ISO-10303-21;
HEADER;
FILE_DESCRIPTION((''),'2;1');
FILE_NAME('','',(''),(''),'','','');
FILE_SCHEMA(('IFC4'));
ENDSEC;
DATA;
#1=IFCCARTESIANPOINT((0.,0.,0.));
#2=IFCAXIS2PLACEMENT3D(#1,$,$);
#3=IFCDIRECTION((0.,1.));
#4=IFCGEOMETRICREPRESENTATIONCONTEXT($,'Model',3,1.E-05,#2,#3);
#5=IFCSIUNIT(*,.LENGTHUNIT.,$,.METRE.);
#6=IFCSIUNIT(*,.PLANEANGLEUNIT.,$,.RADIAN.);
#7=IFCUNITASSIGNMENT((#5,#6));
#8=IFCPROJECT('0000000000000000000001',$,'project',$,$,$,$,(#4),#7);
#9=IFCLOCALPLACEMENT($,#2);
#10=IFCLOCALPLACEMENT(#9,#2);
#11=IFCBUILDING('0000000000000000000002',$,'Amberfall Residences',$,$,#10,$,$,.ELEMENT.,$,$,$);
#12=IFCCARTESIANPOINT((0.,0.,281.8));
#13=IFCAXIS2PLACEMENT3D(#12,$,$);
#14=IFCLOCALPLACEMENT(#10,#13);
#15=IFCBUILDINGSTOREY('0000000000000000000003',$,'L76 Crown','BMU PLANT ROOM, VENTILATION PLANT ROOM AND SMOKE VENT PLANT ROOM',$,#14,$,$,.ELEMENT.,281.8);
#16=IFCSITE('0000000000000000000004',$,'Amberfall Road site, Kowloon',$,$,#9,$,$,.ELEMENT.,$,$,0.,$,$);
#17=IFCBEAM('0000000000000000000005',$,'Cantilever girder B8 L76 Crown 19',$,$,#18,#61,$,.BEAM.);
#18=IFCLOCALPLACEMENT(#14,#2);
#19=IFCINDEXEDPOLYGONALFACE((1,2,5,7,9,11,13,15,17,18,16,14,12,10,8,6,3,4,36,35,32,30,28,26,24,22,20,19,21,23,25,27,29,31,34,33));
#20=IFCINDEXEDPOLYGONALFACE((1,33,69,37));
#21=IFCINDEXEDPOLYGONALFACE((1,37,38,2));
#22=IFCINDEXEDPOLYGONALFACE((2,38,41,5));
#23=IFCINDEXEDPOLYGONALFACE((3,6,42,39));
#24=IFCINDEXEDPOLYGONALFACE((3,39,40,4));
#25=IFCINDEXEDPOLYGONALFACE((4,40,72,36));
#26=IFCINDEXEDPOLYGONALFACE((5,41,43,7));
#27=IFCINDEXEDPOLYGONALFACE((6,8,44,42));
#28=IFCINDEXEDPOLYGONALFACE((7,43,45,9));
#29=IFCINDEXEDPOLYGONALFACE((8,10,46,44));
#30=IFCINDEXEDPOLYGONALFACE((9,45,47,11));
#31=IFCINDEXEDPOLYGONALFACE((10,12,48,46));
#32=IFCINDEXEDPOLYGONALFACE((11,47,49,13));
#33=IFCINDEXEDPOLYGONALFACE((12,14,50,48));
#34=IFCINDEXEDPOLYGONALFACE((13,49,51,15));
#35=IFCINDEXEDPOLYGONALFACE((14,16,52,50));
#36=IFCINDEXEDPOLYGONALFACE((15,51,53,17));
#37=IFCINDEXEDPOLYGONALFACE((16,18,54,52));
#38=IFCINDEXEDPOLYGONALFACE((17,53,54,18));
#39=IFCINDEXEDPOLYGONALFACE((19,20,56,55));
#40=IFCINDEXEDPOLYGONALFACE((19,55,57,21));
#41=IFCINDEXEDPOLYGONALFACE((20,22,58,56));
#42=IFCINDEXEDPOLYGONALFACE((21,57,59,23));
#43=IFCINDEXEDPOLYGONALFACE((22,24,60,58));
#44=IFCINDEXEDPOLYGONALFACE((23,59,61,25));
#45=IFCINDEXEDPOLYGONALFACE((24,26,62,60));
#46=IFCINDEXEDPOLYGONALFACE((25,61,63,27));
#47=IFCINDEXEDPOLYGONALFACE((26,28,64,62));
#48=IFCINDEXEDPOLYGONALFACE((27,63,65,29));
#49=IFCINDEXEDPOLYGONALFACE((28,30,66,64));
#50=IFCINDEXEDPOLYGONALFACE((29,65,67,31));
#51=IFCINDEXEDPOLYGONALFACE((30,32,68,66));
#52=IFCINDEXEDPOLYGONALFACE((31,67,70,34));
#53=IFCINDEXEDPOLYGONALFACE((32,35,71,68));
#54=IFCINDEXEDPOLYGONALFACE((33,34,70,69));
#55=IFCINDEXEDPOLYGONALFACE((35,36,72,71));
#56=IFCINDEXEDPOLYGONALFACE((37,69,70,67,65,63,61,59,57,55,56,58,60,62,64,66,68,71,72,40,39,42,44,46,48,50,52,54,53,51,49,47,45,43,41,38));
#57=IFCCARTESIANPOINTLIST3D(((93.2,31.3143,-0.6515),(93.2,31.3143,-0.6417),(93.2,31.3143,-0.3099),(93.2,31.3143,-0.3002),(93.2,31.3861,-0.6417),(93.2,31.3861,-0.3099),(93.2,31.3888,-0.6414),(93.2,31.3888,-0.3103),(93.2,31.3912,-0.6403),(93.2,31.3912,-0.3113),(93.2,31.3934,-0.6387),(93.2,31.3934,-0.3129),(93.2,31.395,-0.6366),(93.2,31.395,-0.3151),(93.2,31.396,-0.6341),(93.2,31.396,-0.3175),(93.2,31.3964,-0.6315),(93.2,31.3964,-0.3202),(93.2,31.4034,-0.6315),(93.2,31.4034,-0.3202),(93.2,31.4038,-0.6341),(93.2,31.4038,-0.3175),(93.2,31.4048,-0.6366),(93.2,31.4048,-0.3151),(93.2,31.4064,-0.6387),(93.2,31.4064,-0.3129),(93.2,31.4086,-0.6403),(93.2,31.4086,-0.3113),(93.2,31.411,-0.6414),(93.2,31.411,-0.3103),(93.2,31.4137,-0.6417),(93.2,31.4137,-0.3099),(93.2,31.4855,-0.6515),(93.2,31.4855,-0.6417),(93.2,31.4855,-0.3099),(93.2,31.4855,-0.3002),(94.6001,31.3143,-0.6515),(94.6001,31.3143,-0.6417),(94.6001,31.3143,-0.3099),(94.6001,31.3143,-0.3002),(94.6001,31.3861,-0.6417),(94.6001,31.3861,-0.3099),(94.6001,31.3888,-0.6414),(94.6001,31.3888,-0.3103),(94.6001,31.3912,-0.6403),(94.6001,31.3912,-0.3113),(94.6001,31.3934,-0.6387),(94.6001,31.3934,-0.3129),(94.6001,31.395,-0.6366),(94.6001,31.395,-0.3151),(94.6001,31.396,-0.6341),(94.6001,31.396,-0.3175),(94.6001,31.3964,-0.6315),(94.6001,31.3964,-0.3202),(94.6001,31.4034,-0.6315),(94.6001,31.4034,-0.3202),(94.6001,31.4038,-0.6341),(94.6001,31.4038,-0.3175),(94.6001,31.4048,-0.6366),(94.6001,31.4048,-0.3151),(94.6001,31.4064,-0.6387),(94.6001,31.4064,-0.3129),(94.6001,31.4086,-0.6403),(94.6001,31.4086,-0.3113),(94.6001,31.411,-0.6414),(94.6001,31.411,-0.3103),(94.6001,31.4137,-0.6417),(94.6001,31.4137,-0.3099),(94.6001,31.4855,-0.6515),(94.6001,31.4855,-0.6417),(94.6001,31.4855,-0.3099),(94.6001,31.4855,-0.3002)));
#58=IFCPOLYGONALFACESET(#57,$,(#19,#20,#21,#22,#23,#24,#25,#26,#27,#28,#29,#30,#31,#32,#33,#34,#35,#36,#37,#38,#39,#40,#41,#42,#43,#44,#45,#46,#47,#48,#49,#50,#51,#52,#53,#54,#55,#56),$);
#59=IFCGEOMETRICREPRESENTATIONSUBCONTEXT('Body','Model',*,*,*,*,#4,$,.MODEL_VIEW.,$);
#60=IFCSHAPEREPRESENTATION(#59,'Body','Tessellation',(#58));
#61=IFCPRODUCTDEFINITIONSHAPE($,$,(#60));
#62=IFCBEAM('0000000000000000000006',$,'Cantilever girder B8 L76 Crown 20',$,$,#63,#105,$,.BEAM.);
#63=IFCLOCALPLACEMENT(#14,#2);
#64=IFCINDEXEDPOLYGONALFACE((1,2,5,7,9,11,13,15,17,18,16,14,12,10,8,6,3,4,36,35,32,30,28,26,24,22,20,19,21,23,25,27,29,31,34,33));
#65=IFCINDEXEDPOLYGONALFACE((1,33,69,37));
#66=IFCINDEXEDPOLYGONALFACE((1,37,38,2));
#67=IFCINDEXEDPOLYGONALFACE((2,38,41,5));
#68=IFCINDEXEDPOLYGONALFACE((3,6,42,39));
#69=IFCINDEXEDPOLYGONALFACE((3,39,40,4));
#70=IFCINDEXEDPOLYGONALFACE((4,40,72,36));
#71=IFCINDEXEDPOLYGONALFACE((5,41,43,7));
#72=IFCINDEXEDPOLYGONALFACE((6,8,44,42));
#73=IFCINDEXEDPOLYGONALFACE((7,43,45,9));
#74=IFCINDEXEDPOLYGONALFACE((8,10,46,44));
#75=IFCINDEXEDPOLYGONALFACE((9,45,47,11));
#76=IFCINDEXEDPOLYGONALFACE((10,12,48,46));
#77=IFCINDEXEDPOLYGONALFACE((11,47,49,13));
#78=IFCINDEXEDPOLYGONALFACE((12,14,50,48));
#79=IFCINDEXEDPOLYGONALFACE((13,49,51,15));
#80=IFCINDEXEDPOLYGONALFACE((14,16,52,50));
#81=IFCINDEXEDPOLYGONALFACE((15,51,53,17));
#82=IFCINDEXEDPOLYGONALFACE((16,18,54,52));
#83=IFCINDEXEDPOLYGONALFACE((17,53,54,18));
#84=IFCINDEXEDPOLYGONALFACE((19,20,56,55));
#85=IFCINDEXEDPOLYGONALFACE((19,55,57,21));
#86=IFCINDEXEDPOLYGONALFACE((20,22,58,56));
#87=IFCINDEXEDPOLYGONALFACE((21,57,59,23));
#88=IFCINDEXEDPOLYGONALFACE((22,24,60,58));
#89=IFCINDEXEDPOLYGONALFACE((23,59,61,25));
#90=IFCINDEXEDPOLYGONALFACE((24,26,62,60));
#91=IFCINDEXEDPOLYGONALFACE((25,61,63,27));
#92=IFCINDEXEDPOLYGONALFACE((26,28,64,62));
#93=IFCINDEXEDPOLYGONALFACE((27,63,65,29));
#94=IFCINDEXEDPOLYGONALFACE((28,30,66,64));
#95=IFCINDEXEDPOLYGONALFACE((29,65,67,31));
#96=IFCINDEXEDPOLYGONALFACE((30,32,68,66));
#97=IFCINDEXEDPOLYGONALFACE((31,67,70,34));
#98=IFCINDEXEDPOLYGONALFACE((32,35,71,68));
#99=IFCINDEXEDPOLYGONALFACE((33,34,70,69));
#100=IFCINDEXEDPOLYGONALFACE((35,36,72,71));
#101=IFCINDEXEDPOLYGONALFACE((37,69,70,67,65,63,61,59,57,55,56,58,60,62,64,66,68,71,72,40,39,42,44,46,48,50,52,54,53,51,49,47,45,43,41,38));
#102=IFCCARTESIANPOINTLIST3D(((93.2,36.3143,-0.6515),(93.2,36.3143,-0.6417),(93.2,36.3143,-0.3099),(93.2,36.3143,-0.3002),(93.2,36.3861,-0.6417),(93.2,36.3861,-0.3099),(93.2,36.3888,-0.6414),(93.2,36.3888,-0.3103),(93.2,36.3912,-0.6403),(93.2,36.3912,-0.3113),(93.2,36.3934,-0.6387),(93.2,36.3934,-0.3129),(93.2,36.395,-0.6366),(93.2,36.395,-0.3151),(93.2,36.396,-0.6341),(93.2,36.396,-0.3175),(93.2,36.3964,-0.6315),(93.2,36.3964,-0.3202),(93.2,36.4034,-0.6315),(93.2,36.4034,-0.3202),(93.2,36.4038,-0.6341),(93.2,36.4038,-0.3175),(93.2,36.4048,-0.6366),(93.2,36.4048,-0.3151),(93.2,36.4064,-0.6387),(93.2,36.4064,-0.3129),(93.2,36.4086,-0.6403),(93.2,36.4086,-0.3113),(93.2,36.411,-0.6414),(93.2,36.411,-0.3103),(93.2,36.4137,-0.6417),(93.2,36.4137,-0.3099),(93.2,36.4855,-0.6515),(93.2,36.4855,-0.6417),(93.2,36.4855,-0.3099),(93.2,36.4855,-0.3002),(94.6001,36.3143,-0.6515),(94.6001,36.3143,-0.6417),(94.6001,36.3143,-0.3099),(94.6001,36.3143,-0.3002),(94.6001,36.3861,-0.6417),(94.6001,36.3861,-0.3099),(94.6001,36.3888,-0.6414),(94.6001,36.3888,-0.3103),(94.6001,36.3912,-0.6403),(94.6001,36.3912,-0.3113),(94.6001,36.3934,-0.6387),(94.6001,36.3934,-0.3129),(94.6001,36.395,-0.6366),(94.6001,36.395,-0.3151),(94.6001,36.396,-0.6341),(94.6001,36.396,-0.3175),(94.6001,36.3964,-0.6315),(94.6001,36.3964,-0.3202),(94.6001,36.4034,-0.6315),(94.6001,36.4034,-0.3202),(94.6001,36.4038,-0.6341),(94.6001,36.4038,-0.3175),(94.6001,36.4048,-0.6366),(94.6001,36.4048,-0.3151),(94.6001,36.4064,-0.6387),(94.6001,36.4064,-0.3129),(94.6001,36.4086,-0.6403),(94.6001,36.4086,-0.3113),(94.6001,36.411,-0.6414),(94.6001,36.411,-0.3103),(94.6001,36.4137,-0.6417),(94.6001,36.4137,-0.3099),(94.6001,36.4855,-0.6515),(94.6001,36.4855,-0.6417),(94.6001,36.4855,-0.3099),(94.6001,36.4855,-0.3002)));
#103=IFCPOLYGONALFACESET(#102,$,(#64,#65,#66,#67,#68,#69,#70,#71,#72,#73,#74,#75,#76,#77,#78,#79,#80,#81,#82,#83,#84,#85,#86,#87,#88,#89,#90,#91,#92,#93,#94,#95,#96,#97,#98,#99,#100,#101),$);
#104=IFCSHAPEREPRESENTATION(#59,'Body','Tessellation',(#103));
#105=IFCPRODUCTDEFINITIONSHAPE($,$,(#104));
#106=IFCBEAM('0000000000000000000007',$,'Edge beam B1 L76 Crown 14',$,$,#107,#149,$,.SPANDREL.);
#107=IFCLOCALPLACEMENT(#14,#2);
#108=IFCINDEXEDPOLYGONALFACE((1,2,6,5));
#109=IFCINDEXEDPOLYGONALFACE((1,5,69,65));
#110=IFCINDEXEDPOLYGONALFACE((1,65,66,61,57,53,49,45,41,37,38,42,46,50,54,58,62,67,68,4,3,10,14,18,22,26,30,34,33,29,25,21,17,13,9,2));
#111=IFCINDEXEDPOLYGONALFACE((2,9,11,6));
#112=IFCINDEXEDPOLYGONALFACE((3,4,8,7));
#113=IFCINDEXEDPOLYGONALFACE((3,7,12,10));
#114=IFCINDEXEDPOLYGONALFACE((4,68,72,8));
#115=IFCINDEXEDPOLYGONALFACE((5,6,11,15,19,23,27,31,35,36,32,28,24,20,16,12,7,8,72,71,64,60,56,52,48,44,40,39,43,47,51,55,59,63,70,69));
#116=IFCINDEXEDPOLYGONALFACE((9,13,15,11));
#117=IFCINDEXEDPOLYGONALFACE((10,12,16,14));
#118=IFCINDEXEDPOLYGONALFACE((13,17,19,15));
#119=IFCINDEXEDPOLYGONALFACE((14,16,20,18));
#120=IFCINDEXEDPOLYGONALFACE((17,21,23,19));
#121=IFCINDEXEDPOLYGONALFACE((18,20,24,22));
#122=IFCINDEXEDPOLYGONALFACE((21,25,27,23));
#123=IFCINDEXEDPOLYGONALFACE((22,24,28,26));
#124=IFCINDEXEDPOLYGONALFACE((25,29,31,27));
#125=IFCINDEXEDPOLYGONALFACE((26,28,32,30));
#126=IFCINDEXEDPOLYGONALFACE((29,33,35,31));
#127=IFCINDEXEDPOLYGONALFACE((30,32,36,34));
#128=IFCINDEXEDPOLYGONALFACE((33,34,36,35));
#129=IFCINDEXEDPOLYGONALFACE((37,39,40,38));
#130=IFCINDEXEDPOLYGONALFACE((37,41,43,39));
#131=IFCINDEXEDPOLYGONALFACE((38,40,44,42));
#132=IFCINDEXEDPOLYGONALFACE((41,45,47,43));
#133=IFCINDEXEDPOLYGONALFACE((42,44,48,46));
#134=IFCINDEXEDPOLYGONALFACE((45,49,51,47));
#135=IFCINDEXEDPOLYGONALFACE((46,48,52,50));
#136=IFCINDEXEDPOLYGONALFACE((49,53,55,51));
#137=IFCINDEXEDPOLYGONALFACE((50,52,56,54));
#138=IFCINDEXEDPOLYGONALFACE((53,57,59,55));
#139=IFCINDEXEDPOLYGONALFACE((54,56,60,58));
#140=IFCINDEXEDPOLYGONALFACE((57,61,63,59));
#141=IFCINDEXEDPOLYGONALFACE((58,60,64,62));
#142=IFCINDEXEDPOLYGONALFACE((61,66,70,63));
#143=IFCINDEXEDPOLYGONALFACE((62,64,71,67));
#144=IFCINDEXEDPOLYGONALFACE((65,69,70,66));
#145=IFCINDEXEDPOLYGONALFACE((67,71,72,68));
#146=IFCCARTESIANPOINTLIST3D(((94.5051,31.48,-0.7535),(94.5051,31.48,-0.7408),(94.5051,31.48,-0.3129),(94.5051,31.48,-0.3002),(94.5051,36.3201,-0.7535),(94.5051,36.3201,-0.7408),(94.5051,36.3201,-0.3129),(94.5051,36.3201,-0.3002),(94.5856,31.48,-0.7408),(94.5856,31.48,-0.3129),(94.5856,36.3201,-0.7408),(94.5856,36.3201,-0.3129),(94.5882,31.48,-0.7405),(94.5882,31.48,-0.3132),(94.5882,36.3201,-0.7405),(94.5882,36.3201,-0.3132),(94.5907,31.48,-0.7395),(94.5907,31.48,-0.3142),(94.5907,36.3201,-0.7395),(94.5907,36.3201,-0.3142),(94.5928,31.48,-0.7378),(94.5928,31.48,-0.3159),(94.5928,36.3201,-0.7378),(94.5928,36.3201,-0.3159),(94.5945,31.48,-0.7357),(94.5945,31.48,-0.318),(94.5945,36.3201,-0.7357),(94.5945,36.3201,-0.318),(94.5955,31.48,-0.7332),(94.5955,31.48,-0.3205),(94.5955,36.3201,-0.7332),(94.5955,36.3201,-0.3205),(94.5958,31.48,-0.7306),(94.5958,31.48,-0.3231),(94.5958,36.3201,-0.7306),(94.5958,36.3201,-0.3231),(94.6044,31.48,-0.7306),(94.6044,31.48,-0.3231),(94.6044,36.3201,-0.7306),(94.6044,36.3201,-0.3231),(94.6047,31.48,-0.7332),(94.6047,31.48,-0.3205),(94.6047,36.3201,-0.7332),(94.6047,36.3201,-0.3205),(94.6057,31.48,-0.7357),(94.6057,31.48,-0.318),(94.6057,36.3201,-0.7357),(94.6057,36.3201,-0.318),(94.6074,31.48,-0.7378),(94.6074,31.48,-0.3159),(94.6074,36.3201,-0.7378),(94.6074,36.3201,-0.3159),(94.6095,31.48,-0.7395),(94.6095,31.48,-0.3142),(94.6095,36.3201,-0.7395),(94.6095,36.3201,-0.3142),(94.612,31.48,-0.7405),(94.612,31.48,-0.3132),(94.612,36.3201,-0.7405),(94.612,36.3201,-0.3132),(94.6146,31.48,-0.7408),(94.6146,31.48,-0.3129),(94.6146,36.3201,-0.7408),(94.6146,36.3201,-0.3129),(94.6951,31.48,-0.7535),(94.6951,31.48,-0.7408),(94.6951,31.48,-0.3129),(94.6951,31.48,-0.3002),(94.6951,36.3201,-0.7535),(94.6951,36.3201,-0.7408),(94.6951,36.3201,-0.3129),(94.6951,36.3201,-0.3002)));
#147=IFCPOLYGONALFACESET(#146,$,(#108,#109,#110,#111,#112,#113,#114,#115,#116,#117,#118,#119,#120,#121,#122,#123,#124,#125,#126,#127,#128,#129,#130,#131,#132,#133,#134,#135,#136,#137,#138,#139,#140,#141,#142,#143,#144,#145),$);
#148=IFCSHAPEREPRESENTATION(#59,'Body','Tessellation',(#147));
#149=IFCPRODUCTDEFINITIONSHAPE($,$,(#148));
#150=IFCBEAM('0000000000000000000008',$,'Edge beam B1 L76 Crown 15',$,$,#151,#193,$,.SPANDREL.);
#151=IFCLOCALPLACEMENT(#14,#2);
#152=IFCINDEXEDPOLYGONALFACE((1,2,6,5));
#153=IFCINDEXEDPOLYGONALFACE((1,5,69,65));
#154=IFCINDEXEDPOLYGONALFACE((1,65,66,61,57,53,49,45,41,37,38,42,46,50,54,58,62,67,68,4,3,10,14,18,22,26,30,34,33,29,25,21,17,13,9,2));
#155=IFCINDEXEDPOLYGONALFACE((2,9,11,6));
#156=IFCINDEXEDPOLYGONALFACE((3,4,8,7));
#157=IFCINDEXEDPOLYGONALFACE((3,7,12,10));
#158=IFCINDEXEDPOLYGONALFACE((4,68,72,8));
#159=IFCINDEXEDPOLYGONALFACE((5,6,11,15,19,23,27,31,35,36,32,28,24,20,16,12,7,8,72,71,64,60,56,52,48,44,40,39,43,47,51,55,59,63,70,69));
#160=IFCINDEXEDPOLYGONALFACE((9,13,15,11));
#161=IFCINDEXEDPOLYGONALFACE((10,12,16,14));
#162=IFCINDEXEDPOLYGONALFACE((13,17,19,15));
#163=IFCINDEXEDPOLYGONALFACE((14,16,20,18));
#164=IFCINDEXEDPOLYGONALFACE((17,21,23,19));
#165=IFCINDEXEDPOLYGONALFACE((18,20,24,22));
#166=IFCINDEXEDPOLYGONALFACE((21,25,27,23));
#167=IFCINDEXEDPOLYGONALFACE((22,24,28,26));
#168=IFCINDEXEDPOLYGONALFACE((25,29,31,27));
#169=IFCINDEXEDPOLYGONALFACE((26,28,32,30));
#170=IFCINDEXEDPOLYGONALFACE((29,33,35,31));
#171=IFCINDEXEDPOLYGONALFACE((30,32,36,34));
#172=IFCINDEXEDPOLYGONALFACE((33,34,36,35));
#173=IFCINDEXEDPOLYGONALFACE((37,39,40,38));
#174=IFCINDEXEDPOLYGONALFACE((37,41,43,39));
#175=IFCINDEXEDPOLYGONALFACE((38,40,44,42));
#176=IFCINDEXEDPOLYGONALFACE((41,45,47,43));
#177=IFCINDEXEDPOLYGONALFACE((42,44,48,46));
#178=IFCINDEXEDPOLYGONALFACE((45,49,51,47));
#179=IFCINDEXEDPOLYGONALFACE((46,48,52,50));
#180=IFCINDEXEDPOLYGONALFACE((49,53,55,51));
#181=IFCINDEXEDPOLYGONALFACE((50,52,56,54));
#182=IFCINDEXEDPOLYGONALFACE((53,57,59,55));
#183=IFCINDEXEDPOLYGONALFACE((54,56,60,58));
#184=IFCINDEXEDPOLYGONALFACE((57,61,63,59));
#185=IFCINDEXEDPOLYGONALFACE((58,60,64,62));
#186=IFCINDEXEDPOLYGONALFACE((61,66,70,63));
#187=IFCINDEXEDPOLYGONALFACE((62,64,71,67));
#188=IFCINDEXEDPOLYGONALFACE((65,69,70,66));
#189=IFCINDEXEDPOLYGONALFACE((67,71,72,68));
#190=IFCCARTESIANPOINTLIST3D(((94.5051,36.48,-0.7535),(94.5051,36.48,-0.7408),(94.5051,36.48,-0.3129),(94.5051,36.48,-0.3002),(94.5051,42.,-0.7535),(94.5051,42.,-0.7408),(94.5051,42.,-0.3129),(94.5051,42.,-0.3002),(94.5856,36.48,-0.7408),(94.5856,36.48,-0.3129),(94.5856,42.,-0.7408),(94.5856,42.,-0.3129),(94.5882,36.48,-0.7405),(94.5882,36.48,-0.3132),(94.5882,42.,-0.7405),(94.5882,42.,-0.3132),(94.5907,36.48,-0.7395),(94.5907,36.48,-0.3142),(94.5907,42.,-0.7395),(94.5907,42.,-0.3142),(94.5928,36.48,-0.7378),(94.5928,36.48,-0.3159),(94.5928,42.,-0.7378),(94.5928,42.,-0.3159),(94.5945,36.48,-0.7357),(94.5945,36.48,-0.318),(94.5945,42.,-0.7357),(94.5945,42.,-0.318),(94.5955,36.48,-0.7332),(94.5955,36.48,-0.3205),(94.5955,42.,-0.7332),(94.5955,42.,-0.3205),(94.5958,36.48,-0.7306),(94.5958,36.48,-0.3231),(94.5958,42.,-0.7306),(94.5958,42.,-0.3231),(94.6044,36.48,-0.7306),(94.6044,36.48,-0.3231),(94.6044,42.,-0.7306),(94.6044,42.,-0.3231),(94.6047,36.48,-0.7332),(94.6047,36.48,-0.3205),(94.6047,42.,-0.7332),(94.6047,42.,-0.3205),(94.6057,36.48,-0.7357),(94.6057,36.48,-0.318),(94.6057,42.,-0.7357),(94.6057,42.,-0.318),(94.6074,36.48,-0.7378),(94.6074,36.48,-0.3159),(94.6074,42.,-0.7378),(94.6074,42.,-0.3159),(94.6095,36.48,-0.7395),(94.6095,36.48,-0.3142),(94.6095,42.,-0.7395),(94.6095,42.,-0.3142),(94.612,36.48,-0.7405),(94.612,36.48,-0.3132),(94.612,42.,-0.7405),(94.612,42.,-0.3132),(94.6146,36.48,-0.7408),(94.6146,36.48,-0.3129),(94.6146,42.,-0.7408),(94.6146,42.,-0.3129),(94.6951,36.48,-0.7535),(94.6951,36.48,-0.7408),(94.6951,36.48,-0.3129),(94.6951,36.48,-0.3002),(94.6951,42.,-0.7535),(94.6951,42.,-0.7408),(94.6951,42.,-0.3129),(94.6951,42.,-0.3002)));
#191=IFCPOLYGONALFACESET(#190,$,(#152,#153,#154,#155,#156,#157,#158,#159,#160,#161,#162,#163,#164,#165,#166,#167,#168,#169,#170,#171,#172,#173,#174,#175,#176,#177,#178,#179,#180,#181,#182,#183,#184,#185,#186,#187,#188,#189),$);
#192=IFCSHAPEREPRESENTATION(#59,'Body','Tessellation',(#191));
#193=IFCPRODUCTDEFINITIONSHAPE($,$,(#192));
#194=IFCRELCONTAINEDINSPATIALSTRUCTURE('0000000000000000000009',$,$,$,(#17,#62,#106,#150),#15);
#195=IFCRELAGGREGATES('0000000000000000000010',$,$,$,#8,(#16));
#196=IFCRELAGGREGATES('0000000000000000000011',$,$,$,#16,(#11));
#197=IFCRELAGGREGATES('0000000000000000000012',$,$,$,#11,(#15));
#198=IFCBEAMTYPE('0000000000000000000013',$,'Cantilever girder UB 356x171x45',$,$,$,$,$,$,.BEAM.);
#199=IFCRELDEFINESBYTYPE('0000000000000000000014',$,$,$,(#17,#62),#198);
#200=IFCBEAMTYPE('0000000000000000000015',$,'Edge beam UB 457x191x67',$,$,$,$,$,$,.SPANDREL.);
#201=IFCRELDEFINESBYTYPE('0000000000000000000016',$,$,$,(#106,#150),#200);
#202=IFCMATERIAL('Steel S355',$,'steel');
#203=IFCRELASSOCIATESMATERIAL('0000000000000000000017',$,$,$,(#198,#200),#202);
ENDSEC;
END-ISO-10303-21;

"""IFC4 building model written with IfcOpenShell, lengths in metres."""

from ifc_helpers import new_model, si_unit, direction, frame, origin, origin_2d, place, context, subcontext, project, spatial, i_section, extrude, material, material_profile, profile_set, type_object, element, save


model = new_model("IFC4")

# Units and contexts
model_context = context("Model", 3, precision=1e-05, world=origin(), true_north=direction((0.0, 1.0)))
body_context = subcontext(model_context, "Body", "Model", "MODEL_VIEW")
ifc_project = project(units=[si_unit("LENGTHUNIT", "METRE"), si_unit("PLANEANGLEUNIT", "RADIAN")], contexts=[model_context])

# Site, building, storey
site_placement = place(None, origin())
site = spatial("IfcSite", under=ifc_project, at=site_placement, Name="Amberfall Road site, Kowloon", CompositionType="ELEMENT", RefElevation=0.0)
building_placement = place(site_placement, origin())
building = spatial("IfcBuilding", under=site, at=building_placement, Name="Amberfall Residences", CompositionType="ELEMENT")
storey_placement = place(building_placement, frame((0.0, 0.0, 281.8)))
storey = spatial("IfcBuildingStorey", under=building, at=storey_placement, Name="L76 Crown", Description="BMU PLANT ROOM, VENTILATION PLANT ROOM AND SMOKE VENT PLANT ROOM", CompositionType="ELEMENT", Elevation=281.8)

# Beams
ifc_material_1 = material(Name="Steel S355", Category="steel")
ifc_material_profile_1 = material_profile(ifc_material_1, i_section(OverallWidth=0.1711, OverallDepth=0.3513, WebThickness=0.0071, FlangeThickness=0.0098, FilletRadius=0.0103, at=origin_2d()), Name="UB 356x171x45")
ifc_profile_set_1 = profile_set([ifc_material_profile_1], Name="Steel S355")
beam_type_1 = type_object("IfcBeamType", Name="Cantilever girder UB 356x171x45", PredefinedType="BEAM", material=ifc_profile_set_1)
for number, where, z_axis, x_axis, name in (
    (1, (93.2, 31.3999, -0.4758), (1.0, 0.0, 0.0), (0.0, 1.0, 0.0), "Cantilever girder B8 L76 Crown 19"),
    (2, (93.2, 36.3999, -0.4758), (1.0, 0.0, 0.0), (0.0, 1.0, 0.0), "Cantilever girder B8 L76 Crown 20"),
):
    element("IfcBeam", number, at=place(storey_placement, frame(where, z_axis=z_axis, x_axis=x_axis)), inside=storey, type_object=beam_type_1, Name=name, PredefinedType="BEAM", context=body_context, shape_type="SweptSolid", body=[
        extrude(i_section(OverallWidth=0.1711, OverallDepth=0.3513, WebThickness=0.0071, FlangeThickness=0.0098, FilletRadius=0.0103, at=origin_2d()), origin(), (0.0, 0.0, 1.0), 1.4001),
    ])
ifc_material_profile_2 = material_profile(ifc_material_1, i_section(OverallWidth=0.1899, OverallDepth=0.4534, WebThickness=0.0085, FlangeThickness=0.0127, FilletRadius=0.0103, at=origin_2d()), Name="UB 457x191x67")
ifc_profile_set_2 = profile_set([ifc_material_profile_2], Name="Steel S355")
beam_type_2 = type_object("IfcBeamType", Name="Edge beam UB 457x191x67", PredefinedType="SPANDREL", material=ifc_profile_set_2)
beam_1_placement = place(storey_placement, frame((94.6001, 31.48, -0.5269), z_axis=(0.0, 1.0, 0.0), x_axis=(-1.0, 0.0, 0.0)))
element("IfcBeam", 3, at=beam_1_placement, inside=storey, type_object=beam_type_2, Name="Edge beam B1 L76 Crown 14", PredefinedType="SPANDREL", context=body_context, shape_type="SweptSolid", body=[
    extrude(i_section(OverallWidth=0.1899, OverallDepth=0.4534, WebThickness=0.0085, FlangeThickness=0.0127, FilletRadius=0.0103, at=origin_2d()), origin(), (0.0, 0.0, 1.0), 4.8401),
])
beam_2_placement = place(storey_placement, frame((94.6001, 36.48, -0.5269), z_axis=(0.0, 1.0, 0.0), x_axis=(-1.0, 0.0, 0.0)))
element("IfcBeam", 4, at=beam_2_placement, inside=storey, type_object=beam_type_2, Name="Edge beam B1 L76 Crown 15", PredefinedType="SPANDREL", context=body_context, shape_type="SweptSolid", body=[
    extrude(i_section(OverallWidth=0.1899, OverallDepth=0.4534, WebThickness=0.0085, FlangeThickness=0.0127, FilletRadius=0.0103, at=origin_2d()), origin(), (0.0, 0.0, 1.0), 5.52),
])

save(model, "model.ifc")
